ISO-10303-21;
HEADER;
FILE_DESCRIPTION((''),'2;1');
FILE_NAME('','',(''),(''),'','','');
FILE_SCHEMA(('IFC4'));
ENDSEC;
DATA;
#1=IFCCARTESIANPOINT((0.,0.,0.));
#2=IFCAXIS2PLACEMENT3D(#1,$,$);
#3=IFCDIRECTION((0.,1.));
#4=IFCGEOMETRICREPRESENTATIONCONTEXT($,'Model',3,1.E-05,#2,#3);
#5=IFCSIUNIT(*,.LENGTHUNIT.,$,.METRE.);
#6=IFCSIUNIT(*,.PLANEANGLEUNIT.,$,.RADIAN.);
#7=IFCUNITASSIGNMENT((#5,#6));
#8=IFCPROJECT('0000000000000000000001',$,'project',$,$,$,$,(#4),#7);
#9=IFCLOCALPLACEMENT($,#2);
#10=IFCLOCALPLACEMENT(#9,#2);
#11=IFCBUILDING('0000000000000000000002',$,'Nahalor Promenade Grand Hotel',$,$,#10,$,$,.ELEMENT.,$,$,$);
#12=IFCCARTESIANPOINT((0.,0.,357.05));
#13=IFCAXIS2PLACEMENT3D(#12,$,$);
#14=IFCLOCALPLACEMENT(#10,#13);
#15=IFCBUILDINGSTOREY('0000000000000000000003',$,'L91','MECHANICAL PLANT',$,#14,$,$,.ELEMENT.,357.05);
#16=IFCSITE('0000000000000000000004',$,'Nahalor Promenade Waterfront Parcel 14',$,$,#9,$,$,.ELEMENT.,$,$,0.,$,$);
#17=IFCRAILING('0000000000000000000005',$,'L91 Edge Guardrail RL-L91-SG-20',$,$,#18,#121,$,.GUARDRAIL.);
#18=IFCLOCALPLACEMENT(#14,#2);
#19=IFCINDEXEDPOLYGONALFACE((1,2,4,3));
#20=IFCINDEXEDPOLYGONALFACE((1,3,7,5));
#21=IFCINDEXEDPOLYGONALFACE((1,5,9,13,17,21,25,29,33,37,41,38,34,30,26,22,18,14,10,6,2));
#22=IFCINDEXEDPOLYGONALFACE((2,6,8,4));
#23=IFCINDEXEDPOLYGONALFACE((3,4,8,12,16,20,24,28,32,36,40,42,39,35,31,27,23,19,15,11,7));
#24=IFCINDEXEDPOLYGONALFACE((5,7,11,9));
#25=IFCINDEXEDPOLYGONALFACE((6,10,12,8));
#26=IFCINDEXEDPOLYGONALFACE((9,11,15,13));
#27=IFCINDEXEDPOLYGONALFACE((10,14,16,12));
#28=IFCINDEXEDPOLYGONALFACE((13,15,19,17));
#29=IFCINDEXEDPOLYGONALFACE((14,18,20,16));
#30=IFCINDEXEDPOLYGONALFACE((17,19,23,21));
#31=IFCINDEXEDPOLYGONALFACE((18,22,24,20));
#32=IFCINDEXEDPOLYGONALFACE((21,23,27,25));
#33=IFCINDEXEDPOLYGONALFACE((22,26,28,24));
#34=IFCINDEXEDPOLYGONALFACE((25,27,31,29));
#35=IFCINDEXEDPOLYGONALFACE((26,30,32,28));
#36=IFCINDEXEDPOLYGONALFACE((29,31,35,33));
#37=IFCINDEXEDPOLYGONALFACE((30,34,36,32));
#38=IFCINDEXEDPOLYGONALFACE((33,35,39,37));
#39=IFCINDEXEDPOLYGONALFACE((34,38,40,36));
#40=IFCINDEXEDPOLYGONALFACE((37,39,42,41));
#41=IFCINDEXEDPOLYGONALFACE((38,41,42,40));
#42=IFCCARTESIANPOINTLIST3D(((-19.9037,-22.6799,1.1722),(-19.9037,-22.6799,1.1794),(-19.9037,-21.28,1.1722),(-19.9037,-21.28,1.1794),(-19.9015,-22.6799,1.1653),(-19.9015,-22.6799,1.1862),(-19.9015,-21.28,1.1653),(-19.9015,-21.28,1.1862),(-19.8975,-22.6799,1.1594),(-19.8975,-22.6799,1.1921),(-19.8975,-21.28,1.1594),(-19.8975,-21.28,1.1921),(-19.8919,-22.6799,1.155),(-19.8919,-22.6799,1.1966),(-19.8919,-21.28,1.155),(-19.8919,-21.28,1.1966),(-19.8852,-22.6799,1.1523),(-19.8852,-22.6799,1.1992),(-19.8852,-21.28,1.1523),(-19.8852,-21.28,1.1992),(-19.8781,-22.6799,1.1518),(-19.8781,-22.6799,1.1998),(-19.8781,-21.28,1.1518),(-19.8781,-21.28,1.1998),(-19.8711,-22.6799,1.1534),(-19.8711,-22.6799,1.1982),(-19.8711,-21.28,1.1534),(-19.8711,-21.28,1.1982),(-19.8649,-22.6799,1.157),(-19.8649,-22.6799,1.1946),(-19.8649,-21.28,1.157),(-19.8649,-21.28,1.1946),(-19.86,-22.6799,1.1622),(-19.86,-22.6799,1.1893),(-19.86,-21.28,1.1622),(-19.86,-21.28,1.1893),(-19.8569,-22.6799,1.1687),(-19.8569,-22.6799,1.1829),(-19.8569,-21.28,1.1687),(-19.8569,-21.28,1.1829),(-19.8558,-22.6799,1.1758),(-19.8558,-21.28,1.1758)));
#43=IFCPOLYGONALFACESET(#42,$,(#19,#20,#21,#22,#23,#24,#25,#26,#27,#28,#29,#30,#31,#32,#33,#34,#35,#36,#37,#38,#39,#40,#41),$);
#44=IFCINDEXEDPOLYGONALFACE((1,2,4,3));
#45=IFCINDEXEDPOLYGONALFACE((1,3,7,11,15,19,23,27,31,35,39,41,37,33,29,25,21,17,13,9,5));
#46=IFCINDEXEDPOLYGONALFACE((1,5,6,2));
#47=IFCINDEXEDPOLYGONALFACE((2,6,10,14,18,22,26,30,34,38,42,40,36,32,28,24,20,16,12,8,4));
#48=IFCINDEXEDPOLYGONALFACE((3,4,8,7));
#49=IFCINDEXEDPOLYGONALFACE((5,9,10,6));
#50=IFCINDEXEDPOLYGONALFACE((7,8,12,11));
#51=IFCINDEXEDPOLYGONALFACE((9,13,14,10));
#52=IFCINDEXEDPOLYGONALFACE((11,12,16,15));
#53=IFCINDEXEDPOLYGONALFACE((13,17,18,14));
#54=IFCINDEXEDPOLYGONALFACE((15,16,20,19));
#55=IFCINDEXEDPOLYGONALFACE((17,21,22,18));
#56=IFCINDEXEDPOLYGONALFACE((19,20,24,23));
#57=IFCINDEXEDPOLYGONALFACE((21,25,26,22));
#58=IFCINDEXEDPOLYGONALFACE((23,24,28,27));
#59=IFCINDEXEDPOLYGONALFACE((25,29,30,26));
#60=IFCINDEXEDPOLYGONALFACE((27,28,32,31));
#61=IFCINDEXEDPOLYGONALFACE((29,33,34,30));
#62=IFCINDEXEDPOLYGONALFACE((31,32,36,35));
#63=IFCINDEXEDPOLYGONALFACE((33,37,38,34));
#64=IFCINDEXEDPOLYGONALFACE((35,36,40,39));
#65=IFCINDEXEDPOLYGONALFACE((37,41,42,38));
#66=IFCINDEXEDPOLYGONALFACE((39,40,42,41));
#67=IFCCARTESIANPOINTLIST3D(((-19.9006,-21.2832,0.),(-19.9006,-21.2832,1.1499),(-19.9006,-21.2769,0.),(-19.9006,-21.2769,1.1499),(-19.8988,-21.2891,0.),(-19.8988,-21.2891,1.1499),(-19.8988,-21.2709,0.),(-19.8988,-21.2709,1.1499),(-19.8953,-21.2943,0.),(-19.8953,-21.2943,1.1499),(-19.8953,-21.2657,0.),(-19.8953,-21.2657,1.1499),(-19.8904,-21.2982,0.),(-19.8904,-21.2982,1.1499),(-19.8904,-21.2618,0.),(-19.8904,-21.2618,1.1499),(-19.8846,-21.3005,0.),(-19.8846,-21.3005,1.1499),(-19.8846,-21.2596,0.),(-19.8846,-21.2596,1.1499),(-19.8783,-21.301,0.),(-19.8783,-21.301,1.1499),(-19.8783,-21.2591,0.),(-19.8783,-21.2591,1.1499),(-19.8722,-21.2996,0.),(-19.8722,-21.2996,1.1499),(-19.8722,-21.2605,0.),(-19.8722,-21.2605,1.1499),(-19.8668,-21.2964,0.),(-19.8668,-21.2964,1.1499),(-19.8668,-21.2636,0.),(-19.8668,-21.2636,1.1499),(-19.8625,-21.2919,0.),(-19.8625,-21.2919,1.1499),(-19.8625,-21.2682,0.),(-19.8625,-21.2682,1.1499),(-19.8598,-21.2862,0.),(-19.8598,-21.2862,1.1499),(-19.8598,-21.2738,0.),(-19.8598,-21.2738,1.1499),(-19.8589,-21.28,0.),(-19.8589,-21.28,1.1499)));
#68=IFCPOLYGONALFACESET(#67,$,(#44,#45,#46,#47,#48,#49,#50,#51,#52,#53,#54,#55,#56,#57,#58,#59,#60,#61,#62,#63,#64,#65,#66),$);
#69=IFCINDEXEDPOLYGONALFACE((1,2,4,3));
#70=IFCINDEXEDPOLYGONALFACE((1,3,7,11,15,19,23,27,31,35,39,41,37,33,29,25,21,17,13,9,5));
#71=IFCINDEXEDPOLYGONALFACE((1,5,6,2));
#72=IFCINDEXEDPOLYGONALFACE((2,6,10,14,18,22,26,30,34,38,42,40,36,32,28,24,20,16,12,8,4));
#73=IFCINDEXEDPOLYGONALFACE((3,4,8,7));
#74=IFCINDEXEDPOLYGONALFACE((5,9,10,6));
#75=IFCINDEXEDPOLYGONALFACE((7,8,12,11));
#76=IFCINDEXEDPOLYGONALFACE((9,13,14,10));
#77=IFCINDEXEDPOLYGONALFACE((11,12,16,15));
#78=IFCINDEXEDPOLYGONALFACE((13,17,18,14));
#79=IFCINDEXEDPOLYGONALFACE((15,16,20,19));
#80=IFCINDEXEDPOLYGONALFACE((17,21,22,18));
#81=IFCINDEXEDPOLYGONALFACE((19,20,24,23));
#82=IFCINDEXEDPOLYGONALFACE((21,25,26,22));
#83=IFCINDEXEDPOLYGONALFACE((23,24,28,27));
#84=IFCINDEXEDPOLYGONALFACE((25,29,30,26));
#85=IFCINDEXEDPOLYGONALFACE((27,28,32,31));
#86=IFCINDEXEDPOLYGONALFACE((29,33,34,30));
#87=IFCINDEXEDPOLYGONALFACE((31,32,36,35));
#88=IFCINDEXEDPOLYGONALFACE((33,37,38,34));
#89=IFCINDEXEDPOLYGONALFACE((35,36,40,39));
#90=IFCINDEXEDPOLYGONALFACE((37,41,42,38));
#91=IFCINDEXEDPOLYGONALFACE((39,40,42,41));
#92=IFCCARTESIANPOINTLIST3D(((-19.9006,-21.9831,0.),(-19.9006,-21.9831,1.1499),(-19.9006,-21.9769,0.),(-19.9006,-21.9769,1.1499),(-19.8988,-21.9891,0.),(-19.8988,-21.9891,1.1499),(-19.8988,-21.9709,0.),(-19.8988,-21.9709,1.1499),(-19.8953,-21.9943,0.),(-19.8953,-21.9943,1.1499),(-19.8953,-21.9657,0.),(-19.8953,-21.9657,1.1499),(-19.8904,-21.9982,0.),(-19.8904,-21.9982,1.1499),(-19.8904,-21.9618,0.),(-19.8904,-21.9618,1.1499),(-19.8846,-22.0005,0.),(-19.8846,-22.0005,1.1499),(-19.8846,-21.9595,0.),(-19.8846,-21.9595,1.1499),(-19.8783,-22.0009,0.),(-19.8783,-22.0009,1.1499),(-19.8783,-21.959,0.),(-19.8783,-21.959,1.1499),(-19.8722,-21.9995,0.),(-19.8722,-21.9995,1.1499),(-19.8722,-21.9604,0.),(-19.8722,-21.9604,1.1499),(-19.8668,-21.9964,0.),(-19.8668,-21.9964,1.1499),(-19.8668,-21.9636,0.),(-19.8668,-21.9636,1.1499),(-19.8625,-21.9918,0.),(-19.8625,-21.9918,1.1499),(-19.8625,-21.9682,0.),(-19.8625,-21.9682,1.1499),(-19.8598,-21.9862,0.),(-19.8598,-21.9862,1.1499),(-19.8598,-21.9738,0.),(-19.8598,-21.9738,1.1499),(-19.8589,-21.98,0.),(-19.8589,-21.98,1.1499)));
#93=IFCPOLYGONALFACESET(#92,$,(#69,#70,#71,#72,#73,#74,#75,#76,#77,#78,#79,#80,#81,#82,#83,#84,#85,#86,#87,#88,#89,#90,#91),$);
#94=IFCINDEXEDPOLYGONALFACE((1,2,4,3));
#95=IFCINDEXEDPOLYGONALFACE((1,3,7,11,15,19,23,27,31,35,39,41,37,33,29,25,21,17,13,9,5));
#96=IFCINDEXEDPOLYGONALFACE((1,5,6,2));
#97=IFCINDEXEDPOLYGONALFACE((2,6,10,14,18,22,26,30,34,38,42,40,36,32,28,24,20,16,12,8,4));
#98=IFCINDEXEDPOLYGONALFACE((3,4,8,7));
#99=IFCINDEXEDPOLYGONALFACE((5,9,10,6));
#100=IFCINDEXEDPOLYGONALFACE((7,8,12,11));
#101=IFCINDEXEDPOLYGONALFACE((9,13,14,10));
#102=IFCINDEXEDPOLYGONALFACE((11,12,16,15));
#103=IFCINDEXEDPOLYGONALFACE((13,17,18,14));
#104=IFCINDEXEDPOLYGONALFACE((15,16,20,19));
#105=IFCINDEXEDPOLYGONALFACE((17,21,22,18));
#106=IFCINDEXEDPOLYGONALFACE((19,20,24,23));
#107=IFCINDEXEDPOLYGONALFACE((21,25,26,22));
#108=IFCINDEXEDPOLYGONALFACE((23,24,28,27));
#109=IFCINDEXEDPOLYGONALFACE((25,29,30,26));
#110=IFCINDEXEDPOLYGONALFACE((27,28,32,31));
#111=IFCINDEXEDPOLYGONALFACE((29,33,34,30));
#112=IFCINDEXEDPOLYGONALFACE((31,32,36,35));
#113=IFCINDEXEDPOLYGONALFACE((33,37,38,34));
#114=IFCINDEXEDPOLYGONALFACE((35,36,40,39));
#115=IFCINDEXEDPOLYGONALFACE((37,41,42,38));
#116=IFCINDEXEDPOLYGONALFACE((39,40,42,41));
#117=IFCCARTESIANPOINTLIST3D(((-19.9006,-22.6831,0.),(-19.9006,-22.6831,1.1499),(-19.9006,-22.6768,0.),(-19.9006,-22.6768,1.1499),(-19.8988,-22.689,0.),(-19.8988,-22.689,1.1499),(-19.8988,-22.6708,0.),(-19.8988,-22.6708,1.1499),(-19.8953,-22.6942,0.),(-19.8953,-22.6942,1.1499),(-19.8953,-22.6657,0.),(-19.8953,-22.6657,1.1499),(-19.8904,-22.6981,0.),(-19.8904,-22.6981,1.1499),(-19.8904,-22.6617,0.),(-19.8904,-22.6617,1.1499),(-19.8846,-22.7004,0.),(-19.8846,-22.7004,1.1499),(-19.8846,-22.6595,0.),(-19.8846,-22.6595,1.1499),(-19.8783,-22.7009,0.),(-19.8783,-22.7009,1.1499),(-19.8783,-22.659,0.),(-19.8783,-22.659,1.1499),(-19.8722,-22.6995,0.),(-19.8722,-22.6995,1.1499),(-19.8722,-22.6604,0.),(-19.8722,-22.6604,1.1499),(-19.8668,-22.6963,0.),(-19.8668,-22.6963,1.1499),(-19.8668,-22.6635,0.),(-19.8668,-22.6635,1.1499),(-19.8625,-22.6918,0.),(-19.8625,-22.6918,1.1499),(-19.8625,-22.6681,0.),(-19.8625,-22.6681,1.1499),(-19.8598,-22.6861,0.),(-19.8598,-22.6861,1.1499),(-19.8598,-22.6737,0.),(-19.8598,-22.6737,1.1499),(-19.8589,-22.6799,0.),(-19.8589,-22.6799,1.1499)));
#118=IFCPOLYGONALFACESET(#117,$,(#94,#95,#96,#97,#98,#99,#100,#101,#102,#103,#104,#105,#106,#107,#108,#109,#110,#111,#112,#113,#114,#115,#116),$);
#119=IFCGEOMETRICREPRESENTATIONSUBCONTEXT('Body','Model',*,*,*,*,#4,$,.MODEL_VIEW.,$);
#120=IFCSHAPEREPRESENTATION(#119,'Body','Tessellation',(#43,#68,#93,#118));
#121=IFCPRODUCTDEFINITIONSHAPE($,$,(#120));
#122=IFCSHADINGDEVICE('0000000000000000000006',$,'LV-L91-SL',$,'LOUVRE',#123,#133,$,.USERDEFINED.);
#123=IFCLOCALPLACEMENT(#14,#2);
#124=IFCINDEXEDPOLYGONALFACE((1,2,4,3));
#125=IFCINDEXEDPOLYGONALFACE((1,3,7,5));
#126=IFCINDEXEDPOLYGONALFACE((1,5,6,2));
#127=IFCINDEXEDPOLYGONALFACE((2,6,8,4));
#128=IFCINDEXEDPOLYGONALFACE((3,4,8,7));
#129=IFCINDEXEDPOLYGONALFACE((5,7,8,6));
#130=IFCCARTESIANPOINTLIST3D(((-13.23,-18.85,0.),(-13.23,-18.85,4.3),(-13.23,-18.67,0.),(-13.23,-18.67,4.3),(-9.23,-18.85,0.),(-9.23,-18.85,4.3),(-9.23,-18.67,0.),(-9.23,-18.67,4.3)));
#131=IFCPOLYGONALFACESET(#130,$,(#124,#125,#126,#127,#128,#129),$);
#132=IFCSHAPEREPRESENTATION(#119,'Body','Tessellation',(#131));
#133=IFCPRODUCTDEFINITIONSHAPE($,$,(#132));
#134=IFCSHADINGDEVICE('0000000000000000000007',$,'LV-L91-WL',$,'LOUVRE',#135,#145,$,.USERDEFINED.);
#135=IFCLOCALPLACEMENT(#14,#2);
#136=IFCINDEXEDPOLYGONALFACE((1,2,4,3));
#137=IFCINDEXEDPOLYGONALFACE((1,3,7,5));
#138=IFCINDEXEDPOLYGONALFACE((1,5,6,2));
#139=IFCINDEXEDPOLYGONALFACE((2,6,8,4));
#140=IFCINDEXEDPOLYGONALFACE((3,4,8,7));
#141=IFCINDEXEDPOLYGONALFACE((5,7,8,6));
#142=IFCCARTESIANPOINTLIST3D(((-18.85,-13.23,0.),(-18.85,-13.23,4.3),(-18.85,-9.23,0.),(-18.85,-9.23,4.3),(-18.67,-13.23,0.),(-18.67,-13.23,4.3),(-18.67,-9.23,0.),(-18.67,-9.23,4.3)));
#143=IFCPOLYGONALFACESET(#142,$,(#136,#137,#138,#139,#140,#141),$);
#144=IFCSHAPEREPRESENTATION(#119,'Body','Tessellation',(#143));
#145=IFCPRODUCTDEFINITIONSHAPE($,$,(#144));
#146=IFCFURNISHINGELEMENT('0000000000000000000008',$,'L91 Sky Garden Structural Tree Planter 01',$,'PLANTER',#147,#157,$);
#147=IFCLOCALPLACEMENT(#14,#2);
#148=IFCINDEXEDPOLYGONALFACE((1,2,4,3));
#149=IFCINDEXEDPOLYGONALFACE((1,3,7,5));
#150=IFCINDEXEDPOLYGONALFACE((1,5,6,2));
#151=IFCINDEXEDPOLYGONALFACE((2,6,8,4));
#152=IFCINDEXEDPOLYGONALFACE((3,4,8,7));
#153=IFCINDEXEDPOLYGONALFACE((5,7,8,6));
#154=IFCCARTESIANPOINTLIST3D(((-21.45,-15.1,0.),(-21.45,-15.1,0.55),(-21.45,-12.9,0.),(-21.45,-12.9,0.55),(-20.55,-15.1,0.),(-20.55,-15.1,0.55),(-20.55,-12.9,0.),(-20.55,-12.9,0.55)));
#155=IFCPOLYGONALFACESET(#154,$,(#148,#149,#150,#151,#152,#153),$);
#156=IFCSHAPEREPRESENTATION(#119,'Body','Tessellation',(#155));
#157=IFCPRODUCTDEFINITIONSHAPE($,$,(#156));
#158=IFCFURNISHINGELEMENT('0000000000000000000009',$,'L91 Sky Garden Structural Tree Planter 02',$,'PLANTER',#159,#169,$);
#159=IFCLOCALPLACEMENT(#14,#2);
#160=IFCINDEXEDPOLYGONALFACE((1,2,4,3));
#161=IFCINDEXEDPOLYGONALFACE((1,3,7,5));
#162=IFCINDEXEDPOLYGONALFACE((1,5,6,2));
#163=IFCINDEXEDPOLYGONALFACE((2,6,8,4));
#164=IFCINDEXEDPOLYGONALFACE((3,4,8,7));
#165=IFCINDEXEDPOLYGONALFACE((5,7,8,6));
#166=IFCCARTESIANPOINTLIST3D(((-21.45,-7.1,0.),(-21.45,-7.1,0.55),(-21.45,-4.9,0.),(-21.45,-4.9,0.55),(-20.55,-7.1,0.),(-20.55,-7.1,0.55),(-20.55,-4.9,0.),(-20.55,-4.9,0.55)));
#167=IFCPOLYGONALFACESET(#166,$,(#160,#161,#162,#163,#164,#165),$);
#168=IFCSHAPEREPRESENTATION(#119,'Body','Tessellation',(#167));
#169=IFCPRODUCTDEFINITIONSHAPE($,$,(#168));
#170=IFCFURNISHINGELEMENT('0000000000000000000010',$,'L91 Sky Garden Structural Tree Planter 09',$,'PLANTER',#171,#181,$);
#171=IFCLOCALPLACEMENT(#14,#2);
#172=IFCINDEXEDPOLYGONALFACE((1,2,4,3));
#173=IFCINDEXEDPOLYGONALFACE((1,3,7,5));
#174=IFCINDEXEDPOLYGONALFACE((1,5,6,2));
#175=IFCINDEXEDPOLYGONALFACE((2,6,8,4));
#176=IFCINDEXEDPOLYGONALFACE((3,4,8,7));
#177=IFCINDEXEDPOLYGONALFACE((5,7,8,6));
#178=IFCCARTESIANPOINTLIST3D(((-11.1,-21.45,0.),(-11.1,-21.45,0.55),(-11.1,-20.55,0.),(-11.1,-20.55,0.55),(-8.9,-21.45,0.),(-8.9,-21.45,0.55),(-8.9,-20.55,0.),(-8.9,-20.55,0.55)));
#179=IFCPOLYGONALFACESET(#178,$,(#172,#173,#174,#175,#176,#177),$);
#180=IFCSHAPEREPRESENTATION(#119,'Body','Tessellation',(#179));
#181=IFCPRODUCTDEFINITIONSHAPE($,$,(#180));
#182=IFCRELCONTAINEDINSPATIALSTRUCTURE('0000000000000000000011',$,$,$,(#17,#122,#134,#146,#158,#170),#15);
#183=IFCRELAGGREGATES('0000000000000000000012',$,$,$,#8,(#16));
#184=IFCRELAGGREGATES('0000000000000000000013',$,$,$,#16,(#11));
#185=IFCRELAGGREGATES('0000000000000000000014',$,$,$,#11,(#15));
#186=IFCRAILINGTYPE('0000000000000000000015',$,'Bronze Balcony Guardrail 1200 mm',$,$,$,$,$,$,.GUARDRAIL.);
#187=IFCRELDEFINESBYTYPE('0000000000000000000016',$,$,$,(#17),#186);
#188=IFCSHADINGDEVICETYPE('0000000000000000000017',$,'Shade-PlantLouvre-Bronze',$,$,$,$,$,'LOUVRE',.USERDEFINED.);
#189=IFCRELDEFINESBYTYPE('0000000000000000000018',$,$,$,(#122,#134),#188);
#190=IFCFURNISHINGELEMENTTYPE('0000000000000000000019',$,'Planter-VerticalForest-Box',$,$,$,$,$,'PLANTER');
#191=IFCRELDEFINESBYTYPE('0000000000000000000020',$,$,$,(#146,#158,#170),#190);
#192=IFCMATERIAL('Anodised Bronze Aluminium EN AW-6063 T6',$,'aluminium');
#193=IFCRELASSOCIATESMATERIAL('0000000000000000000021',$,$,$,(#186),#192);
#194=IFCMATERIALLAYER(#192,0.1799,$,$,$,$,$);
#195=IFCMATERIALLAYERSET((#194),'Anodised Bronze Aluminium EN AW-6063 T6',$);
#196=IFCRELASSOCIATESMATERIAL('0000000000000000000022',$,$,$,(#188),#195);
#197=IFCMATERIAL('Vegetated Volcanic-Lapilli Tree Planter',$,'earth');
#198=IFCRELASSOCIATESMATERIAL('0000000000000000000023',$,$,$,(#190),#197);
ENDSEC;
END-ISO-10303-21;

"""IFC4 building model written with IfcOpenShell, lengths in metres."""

from ifc_helpers import new_model, si_unit, direction, frame, origin, origin_2d, place, context, subcontext, project, spatial, rectangle, circle, extrude, source, transform, mapped, material, layer, layer_set, type_object, element, save


model = new_model("IFC4")

# Units and contexts
model_context = context("Model", 3, precision=1e-05, world=origin(), true_north=direction((0.0, 1.0)))
body_context = subcontext(model_context, "Body", "Model", "MODEL_VIEW")
ifc_project = project(units=[si_unit("LENGTHUNIT", "METRE"), si_unit("PLANEANGLEUNIT", "RADIAN")], contexts=[model_context])

# Site, building, storey
site_placement = place(None, origin())
site = spatial("IfcSite", under=ifc_project, at=site_placement, Name="Nahalor Promenade Waterfront Parcel 14", CompositionType="ELEMENT", RefElevation=0.0)
building_placement = place(site_placement, origin())
building = spatial("IfcBuilding", under=site, at=building_placement, Name="Nahalor Promenade Grand Hotel", CompositionType="ELEMENT")
storey_placement = place(building_placement, frame((0.0, 0.0, 357.05)))
storey = spatial("IfcBuildingStorey", under=building, at=storey_placement, Name="L91", Description="MECHANICAL PLANT", CompositionType="ELEMENT", Elevation=357.05)

# Shared definitions
ifc_material_1 = material(Name="Anodised Bronze Aluminium EN AW-6063 T6", Category="aluminium")

# Railing
railing_type = type_object("IfcRailingType", Name="Bronze Balcony Guardrail 1200 mm", PredefinedType="GUARDRAIL", material=ifc_material_1)
railing_1_placement = place(storey_placement, frame((-19.8799, -21.28, 0.0)))
element("IfcRailing", 1, at=railing_1_placement, inside=storey, type_object=railing_type, Name="L91 Edge Guardrail RL-L91-SG-20", PredefinedType="GUARDRAIL", context=body_context, shape_type="SweptSolid", body=[
    extrude(circle(Radius=0.024, at=origin_2d()), frame((0.0, 0.0, 1.1758), z_axis=(0.0, -1.0, 0.0), x_axis=(1.0, 0.0, 0.0)), (0.0, 0.0, 1.0), 1.3999),
    extrude(circle(Radius=0.021, at=origin_2d()), origin(), (0.0, 0.0, 1.0), 1.1499),
    extrude(circle(Radius=0.021, at=origin_2d()), frame((0.0, -0.7, 0.0)), (0.0, 0.0, 1.0), 1.1499),
    extrude(circle(Radius=0.021, at=origin_2d()), frame((0.0, -1.3999, 0.0)), (0.0, 0.0, 1.0), 1.1499),
])

# Shading devices
ifc_layer_1 = layer(ifc_material_1, 0.1799)
ifc_layer_set_1 = layer_set([ifc_layer_1], Name="Anodised Bronze Aluminium EN AW-6063 T6")
shading_device_type = type_object("IfcShadingDeviceType", Name="Shade-PlantLouvre-Bronze", ElementType="LOUVRE", PredefinedType="USERDEFINED", material=ifc_layer_set_1)
shared_shape_1 = source(origin(), body_context, "Body", "SweptSolid", [
    extrude(rectangle(XDim=4.0, YDim=0.1799, at=origin_2d()), origin(), (0.0, 0.0, 1.0), 4.3),
])
for number, where, z_axis, x_axis, name in (
    (2, (-11.23, -18.76, 0.0), (0.0, 0.0, 1.0), (1.0, 0.0, 0.0), "LV-L91-SL"),
    (3, (-18.76, -11.23, 0.0), (0.0, 0.0, 1.0), (0.0, 1.0, 0.0), "LV-L91-WL"),
):
    element("IfcShadingDevice", number, at=place(storey_placement, frame(where, z_axis=z_axis, x_axis=x_axis)), inside=storey, type_object=shading_device_type, Name=name, ObjectType="LOUVRE", PredefinedType="USERDEFINED", context=body_context, shape_type="MappedRepresentation", body=[
        mapped(shared_shape_1, transform((0.0, 0.0, 0.0), scale=1.0)),
    ])

# Furnishing elements
ifc_material_2 = material(Name="Vegetated Volcanic-Lapilli Tree Planter", Category="earth")
furnishing_element_type = type_object("IfcFurnishingElementType", Name="Planter-VerticalForest-Box", ElementType="PLANTER", material=ifc_material_2)
shared_shape_2 = source(origin(), body_context, "Body", "SweptSolid", [
    extrude(rectangle(XDim=2.2, YDim=0.8999, at=origin_2d()), origin(), (0.0, 0.0, 1.0), 0.55),
])
for number, where, z_axis, x_axis, name in (
    (4, (-21.0, -14.0, 0.0), (0.0, 0.0, 1.0), (0.0, 1.0, 0.0), "L91 Sky Garden Structural Tree Planter 01"),
    (5, (-21.0, -6.0, 0.0), (0.0, 0.0, 1.0), (0.0, 1.0, 0.0), "L91 Sky Garden Structural Tree Planter 02"),
    (6, (-10.0, -21.0, 0.0), (0.0, 0.0, 1.0), (1.0, 0.0, 0.0), "L91 Sky Garden Structural Tree Planter 09"),
):
    element("IfcFurnishingElement", number, at=place(storey_placement, frame(where, z_axis=z_axis, x_axis=x_axis)), inside=storey, type_object=furnishing_element_type, Name=name, ObjectType="PLANTER", context=body_context, shape_type="MappedRepresentation", body=[
        mapped(shared_shape_2, transform((0.0, 0.0, 0.0), scale=1.0)),
    ])

save(model, "model.ifc")
